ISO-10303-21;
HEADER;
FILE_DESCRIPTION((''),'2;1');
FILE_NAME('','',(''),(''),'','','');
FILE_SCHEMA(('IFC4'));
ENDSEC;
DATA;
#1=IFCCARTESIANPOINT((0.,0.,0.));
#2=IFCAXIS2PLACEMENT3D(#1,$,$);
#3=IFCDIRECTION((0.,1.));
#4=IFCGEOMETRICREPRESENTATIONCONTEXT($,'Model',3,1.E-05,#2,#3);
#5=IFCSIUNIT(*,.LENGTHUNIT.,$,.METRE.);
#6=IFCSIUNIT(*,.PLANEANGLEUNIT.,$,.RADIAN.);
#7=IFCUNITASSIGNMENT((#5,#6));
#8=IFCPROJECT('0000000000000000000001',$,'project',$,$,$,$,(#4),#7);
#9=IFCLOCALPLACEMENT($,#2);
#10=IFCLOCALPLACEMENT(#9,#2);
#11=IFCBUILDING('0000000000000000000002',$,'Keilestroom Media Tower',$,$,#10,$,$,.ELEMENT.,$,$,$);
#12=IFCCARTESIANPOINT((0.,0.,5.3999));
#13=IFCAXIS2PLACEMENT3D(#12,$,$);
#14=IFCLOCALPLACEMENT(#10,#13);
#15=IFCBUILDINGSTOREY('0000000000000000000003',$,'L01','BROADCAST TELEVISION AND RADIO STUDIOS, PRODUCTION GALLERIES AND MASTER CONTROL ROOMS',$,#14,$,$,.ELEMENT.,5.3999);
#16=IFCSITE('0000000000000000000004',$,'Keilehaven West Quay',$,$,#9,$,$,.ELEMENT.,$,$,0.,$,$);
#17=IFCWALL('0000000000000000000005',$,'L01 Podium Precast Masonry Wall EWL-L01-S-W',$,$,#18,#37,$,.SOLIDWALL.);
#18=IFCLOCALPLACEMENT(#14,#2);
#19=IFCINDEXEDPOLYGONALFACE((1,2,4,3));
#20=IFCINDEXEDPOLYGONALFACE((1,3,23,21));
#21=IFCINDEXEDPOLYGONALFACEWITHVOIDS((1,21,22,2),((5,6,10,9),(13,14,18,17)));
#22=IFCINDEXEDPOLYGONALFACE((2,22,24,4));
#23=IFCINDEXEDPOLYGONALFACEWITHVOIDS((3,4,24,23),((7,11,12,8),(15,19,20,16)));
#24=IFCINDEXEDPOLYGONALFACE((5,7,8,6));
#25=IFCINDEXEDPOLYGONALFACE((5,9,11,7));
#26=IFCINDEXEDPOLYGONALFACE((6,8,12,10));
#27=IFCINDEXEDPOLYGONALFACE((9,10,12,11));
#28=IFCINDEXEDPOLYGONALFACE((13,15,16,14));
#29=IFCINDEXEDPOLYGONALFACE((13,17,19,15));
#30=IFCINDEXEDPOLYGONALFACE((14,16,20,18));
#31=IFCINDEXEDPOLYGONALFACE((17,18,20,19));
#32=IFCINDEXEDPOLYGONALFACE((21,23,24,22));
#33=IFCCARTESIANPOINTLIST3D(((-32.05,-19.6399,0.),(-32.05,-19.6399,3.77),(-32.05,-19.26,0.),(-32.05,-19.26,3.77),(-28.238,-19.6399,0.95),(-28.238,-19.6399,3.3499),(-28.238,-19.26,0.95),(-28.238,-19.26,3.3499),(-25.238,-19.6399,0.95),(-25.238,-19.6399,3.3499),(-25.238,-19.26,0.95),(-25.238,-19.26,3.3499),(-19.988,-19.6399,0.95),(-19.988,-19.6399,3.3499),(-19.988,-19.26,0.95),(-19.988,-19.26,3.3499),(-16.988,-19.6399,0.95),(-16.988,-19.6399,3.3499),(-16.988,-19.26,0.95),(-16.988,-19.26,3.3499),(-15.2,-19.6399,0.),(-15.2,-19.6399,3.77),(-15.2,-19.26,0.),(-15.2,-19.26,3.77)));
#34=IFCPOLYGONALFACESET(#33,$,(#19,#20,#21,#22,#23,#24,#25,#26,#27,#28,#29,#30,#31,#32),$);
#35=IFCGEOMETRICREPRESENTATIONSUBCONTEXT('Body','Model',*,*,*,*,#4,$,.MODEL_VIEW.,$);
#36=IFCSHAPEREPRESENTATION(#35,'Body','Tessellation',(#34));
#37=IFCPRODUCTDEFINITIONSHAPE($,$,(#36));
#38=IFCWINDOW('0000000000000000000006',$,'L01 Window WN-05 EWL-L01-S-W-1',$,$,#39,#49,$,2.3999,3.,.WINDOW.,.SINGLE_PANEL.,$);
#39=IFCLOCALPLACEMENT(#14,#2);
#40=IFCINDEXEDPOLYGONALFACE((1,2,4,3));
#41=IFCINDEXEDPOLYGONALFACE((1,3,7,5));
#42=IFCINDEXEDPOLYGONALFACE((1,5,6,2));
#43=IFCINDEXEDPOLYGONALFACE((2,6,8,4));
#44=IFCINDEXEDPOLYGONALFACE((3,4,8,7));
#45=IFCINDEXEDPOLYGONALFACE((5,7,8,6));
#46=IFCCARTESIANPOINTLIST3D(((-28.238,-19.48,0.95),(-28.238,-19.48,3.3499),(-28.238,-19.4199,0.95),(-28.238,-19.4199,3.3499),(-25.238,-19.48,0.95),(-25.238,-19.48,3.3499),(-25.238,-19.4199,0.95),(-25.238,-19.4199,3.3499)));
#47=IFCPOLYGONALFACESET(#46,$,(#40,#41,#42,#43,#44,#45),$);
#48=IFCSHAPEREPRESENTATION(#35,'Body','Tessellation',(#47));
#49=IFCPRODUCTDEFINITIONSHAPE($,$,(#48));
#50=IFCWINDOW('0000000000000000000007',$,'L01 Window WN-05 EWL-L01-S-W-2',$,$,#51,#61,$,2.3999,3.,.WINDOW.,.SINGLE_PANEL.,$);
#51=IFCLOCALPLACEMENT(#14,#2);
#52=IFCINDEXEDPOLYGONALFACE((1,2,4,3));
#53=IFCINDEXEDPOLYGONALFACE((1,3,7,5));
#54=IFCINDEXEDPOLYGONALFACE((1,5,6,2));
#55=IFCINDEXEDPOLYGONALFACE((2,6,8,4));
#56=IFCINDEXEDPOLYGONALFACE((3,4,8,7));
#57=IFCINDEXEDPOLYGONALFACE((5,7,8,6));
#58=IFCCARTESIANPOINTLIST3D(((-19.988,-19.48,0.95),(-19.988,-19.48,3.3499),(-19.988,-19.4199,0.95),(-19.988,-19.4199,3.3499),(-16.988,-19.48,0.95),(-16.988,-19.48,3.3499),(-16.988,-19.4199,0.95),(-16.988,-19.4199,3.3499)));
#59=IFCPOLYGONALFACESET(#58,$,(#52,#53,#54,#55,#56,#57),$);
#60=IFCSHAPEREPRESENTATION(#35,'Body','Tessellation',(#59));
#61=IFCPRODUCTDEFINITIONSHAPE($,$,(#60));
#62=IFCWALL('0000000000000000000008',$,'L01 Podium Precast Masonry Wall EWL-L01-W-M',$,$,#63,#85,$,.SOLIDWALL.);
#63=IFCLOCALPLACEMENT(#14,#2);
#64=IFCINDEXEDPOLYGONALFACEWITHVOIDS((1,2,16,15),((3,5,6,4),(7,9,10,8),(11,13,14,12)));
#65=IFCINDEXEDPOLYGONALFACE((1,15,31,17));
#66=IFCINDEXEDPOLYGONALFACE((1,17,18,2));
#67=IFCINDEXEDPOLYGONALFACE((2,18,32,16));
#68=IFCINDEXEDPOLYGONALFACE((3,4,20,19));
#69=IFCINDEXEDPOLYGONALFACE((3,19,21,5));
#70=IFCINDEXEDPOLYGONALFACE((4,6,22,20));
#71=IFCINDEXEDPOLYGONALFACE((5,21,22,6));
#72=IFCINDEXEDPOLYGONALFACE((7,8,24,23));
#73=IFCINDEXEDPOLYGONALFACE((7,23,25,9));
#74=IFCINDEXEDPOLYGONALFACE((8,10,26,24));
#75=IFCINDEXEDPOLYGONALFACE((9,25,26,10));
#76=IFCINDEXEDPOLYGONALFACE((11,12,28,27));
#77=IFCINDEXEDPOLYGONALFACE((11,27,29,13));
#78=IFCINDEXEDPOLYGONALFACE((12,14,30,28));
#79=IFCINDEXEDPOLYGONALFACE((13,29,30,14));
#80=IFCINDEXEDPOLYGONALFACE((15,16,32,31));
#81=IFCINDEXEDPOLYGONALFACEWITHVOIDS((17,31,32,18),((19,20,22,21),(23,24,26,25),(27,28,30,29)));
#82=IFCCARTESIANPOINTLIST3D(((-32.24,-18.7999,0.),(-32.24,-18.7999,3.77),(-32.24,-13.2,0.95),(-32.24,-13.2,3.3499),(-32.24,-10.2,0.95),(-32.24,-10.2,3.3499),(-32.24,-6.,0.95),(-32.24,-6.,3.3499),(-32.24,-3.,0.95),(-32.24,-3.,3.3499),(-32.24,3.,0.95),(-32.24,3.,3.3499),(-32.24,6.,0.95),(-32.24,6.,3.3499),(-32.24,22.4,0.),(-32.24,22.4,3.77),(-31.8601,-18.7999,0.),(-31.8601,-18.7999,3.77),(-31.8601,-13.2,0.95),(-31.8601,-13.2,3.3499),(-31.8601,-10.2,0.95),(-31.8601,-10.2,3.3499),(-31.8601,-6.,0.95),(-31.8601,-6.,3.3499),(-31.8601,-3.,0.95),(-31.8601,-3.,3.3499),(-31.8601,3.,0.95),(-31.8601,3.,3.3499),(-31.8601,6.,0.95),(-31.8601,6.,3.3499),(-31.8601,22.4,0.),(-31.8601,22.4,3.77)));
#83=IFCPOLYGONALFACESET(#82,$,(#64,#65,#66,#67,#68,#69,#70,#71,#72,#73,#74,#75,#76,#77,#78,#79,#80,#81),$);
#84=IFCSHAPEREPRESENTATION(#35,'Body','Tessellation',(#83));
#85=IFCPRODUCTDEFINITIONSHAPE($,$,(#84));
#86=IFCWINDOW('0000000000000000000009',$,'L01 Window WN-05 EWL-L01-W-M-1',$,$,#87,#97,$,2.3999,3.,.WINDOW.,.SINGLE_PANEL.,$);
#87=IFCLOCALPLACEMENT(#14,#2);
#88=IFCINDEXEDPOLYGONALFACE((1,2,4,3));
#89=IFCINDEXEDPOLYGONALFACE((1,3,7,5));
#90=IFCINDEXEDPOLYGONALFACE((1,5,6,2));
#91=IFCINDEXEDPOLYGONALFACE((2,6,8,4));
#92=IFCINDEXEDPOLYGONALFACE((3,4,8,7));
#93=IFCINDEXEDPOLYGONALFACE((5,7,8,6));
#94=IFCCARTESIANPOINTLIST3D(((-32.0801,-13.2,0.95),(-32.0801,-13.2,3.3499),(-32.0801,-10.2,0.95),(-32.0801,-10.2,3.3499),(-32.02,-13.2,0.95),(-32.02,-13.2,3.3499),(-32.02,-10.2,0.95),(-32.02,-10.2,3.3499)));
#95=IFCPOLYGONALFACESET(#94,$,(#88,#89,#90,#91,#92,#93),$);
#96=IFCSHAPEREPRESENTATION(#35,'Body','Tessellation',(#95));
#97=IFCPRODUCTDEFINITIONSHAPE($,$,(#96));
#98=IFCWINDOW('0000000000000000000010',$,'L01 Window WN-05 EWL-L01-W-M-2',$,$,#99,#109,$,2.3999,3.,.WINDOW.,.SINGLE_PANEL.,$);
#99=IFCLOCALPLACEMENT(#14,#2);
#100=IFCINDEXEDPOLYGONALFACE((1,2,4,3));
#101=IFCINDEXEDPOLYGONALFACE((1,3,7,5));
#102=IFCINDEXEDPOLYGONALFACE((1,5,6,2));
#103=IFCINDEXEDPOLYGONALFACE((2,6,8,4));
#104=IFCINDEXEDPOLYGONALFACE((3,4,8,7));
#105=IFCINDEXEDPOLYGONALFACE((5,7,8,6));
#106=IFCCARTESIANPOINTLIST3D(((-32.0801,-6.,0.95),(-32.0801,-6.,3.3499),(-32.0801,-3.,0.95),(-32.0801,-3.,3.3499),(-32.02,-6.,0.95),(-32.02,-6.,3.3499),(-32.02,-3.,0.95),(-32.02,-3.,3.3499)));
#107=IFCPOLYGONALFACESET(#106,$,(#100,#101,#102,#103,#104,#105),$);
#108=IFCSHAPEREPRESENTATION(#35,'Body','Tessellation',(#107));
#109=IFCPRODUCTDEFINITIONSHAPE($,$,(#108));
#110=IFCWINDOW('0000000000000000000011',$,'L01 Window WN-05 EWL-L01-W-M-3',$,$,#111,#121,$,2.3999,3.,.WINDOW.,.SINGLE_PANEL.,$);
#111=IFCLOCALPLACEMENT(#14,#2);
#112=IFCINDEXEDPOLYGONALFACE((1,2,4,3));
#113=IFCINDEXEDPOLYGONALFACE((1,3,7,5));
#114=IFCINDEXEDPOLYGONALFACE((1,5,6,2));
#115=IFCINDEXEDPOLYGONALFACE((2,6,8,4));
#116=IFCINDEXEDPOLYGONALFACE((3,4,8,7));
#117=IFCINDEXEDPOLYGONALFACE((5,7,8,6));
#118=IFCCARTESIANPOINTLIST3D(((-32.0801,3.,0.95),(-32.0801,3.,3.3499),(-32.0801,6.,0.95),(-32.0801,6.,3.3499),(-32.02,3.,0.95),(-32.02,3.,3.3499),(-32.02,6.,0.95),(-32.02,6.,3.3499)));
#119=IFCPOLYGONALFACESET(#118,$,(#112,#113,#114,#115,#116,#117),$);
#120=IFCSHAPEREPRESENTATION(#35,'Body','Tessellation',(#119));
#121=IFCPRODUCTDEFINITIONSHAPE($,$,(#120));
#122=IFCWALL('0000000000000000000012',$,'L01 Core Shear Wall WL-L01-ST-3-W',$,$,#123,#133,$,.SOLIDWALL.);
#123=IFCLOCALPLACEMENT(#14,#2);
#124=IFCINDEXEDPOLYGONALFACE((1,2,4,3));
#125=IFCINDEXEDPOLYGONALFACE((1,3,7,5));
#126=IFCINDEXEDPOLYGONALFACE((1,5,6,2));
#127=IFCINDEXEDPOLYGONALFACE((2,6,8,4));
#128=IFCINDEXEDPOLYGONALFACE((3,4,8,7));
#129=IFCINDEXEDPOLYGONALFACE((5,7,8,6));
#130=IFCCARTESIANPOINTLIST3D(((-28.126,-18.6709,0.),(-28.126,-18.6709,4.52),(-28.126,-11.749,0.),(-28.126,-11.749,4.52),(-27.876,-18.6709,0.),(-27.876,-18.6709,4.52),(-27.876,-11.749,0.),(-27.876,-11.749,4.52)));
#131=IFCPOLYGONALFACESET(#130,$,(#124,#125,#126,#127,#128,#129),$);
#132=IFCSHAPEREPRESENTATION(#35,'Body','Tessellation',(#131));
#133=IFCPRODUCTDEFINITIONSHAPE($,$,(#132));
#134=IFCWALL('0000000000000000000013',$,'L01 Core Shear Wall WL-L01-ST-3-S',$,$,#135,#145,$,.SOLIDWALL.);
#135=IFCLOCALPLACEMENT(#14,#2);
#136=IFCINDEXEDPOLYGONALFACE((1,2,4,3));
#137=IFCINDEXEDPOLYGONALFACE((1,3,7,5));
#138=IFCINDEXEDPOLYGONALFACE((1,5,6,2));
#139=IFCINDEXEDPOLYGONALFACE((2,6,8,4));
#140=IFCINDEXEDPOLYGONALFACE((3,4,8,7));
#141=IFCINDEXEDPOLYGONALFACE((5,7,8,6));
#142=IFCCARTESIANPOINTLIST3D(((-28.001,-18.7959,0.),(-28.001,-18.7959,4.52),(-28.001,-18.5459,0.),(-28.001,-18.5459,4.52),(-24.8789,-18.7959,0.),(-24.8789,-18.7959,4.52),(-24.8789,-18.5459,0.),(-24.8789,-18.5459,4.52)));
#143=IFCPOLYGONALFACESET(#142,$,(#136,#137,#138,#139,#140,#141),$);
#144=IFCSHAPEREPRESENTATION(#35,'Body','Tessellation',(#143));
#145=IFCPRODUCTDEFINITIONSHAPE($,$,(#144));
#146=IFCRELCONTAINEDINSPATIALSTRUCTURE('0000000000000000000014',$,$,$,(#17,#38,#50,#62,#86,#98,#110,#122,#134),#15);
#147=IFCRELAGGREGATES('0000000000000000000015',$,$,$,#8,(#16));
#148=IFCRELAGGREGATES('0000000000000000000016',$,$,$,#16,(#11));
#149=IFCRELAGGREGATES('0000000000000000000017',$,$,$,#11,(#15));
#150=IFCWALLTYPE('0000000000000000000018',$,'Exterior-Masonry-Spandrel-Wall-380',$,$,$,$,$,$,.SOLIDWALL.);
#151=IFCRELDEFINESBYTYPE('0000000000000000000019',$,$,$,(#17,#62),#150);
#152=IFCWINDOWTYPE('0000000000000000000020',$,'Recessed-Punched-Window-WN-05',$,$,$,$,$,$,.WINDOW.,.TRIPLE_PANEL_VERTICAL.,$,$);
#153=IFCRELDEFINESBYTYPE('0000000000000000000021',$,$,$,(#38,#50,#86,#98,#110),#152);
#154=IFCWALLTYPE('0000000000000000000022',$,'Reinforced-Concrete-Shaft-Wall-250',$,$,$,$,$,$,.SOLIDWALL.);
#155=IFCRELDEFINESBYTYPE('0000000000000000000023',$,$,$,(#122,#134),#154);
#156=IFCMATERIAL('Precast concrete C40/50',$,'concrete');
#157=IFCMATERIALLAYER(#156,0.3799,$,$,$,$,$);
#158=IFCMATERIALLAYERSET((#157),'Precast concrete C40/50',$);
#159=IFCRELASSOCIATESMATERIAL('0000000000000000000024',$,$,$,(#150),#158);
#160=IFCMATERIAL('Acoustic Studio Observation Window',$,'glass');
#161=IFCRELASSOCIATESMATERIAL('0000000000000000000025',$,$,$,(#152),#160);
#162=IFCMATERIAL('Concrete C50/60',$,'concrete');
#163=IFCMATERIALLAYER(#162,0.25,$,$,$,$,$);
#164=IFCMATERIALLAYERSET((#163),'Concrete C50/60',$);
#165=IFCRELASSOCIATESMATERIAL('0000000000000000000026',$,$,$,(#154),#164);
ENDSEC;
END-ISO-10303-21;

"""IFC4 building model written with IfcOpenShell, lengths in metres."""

from ifc_helpers import new_model, si_unit, direction, frame, frame_2d, origin, place, context, subcontext, project, spatial, rectangle, extrude, source, transform, mapped, material, layer, layer_set, type_object, element, fill, save


model = new_model("IFC4")

# Units and contexts
model_context = context("Model", 3, precision=1e-05, world=origin(), true_north=direction((0.0, 1.0)))
body_context = subcontext(model_context, "Body", "Model", "MODEL_VIEW")
ifc_project = project(units=[si_unit("LENGTHUNIT", "METRE"), si_unit("PLANEANGLEUNIT", "RADIAN")], contexts=[model_context])

# Site, building, storey
site_placement = place(None, origin())
site = spatial("IfcSite", under=ifc_project, at=site_placement, Name="Keilehaven West Quay", CompositionType="ELEMENT", RefElevation=0.0)
building_placement = place(site_placement, origin())
building = spatial("IfcBuilding", under=site, at=building_placement, Name="Keilestroom Media Tower", CompositionType="ELEMENT")
storey_placement = place(building_placement, frame((0.0, 0.0, 5.3999)))
storey = spatial("IfcBuildingStorey", under=building, at=storey_placement, Name="L01", Description="BROADCAST TELEVISION AND RADIO STUDIOS, PRODUCTION GALLERIES AND MASTER CONTROL ROOMS", CompositionType="ELEMENT", Elevation=5.3999)

# Shared definitions
ifc_material_1 = material(Name="Precast concrete C40/50", Category="concrete")

# Walls, openings, windows
ifc_layer_1 = layer(ifc_material_1, 0.3799)
ifc_layer_set_1 = layer_set([ifc_layer_1], Name="Precast concrete C40/50")
wall_type_1 = type_object("IfcWallType", Name="Exterior-Masonry-Spandrel-Wall-380", PredefinedType="SOLIDWALL", material=ifc_layer_set_1)
wall_1_placement = place(storey_placement, frame((-32.05, -19.45, 0.0), z_axis=(0.0, 0.0, 1.0), x_axis=(1.0, 0.0, 0.0)))
wall_1 = element("IfcWall", 1, at=wall_1_placement, inside=storey, type_object=wall_type_1, Name="L01 Podium Precast Masonry Wall EWL-L01-S-W", PredefinedType="SOLIDWALL", context=body_context, shape_type="SweptSolid", body=[
    extrude(rectangle(XDim=16.8501, YDim=0.3799, at=frame_2d((8.425, 0.0))), origin(), (0.0, 0.0, 1.0), 3.77),
])
opening_1_placement = place(wall_1_placement, frame((3.812, 0.0, 0.95)))
opening_1 = element("IfcOpeningElement", 2, at=opening_1_placement, cuts=wall_1, PredefinedType="OPENING", context=body_context, shape_type="SweptSolid", body=[
    extrude(rectangle(XDim=3.0, YDim=2.3999, at=frame_2d((1.5, 1.2))), frame((0.0, 0.2, 0.0), z_axis=(0.0, -1.0, 0.0), x_axis=(1.0, 0.0, 0.0)), (0.0, 0.0, 1.0), 0.3999),
])
opening_2_placement = place(wall_1_placement, frame((12.062, 0.0, 0.95)))
opening_2 = element("IfcOpeningElement", 3, at=opening_2_placement, cuts=wall_1, PredefinedType="OPENING", context=body_context, shape_type="SweptSolid", body=[
    extrude(rectangle(XDim=3.0, YDim=2.3999, at=frame_2d((1.5, 1.2))), frame((0.0, 0.2, 0.0), z_axis=(0.0, -1.0, 0.0), x_axis=(1.0, 0.0, 0.0)), (0.0, 0.0, 1.0), 0.3999),
])
ifc_material_2 = material(Name="Acoustic Studio Observation Window", Category="glass")
window_type = type_object("IfcWindowType", Name="Recessed-Punched-Window-WN-05", PartitioningType="TRIPLE_PANEL_VERTICAL", PredefinedType="WINDOW", material=ifc_material_2)
shared_shape_1 = source(origin(), body_context, "Body", "SweptSolid", [
    extrude(rectangle(XDim=3.0, YDim=2.3999, at=frame_2d((1.5, 1.2))), frame((0.0, 0.03, 0.0), z_axis=(0.0, -1.0, 0.0), x_axis=(1.0, 0.0, 0.0)), (0.0, 0.0, 1.0), 0.0601),
])
window_1_placement = place(opening_1_placement, origin())
window_1 = element("IfcWindow", 4, at=window_1_placement, inside=storey, type_object=window_type, Name="L01 Window WN-05 EWL-L01-S-W-1", OverallHeight=2.3999, OverallWidth=3.0, PartitioningType="SINGLE_PANEL", PredefinedType="WINDOW", context=body_context, shape_type="MappedRepresentation", body=[
    mapped(shared_shape_1, transform((0.0, 0.0, 0.0), x_axis=(1.0, 0.0, 0.0), y_axis=(0.0, 1.0, 0.0), z_axis=(0.0, 0.0, 1.0), scale=1.0)),
])
fill(opening_1, window_1)
window_2_placement = place(opening_2_placement, origin())
window_2 = element("IfcWindow", 5, at=window_2_placement, inside=storey, type_object=window_type, Name="L01 Window WN-05 EWL-L01-S-W-2", OverallHeight=2.3999, OverallWidth=3.0, PartitioningType="SINGLE_PANEL", PredefinedType="WINDOW", context=body_context, shape_type="MappedRepresentation", body=[
    mapped(shared_shape_1, transform((0.0, 0.0, 0.0), x_axis=(1.0, 0.0, 0.0), y_axis=(0.0, 1.0, 0.0), z_axis=(0.0, 0.0, 1.0), scale=1.0)),
])
fill(opening_2, window_2)
wall_2_placement = place(storey_placement, frame((-32.05, -18.8, 0.0), z_axis=(0.0, 0.0, 1.0), x_axis=(0.0, 1.0, 0.0)))
wall_2 = element("IfcWall", 6, at=wall_2_placement, inside=storey, type_object=wall_type_1, Name="L01 Podium Precast Masonry Wall EWL-L01-W-M", PredefinedType="SOLIDWALL", context=body_context, shape_type="SweptSolid", body=[
    extrude(rectangle(XDim=41.2, YDim=0.3799, at=frame_2d((20.6001, 0.0))), origin(), (0.0, 0.0, 1.0), 3.77),
])
opening_3_placement = place(wall_2_placement, frame((5.6001, 0.0, 0.95)))
opening_3 = element("IfcOpeningElement", 7, at=opening_3_placement, cuts=wall_2, PredefinedType="OPENING", context=body_context, shape_type="SweptSolid", body=[
    extrude(rectangle(XDim=3.0, YDim=2.3999, at=frame_2d((1.5, 1.2))), frame((0.0, 0.2, 0.0), z_axis=(0.0, -1.0, 0.0), x_axis=(1.0, 0.0, 0.0)), (0.0, 0.0, 1.0), 0.3999),
])
opening_4_placement = place(wall_2_placement, frame((12.8, 0.0, 0.95)))
opening_4 = element("IfcOpeningElement", 8, at=opening_4_placement, cuts=wall_2, PredefinedType="OPENING", context=body_context, shape_type="SweptSolid", body=[
    extrude(rectangle(XDim=3.0, YDim=2.3999, at=frame_2d((1.5, 1.2))), frame((0.0, 0.2, 0.0), z_axis=(0.0, -1.0, 0.0), x_axis=(1.0, 0.0, 0.0)), (0.0, 0.0, 1.0), 0.3999),
])
opening_5_placement = place(wall_2_placement, frame((21.8, 0.0, 0.95)))
opening_5 = element("IfcOpeningElement", 9, at=opening_5_placement, cuts=wall_2, PredefinedType="OPENING", context=body_context, shape_type="SweptSolid", body=[
    extrude(rectangle(XDim=3.0, YDim=2.3999, at=frame_2d((1.5, 1.2))), frame((0.0, 0.2, 0.0), z_axis=(0.0, -1.0, 0.0), x_axis=(1.0, 0.0, 0.0)), (0.0, 0.0, 1.0), 0.3999),
])
window_3_placement = place(opening_3_placement, origin())
window_3 = element("IfcWindow", 10, at=window_3_placement, inside=storey, type_object=window_type, Name="L01 Window WN-05 EWL-L01-W-M-1", OverallHeight=2.3999, OverallWidth=3.0, PartitioningType="SINGLE_PANEL", PredefinedType="WINDOW", context=body_context, shape_type="MappedRepresentation", body=[
    mapped(shared_shape_1, transform((0.0, 0.0, 0.0), x_axis=(1.0, 0.0, 0.0), y_axis=(0.0, 1.0, 0.0), z_axis=(0.0, 0.0, 1.0), scale=1.0)),
])
fill(opening_3, window_3)
window_4_placement = place(opening_4_placement, origin())
window_4 = element("IfcWindow", 11, at=window_4_placement, inside=storey, type_object=window_type, Name="L01 Window WN-05 EWL-L01-W-M-2", OverallHeight=2.3999, OverallWidth=3.0, PartitioningType="SINGLE_PANEL", PredefinedType="WINDOW", context=body_context, shape_type="MappedRepresentation", body=[
    mapped(shared_shape_1, transform((0.0, 0.0, 0.0), x_axis=(1.0, 0.0, 0.0), y_axis=(0.0, 1.0, 0.0), z_axis=(0.0, 0.0, 1.0), scale=1.0)),
])
fill(opening_4, window_4)
window_5_placement = place(opening_5_placement, origin())
window_5 = element("IfcWindow", 12, at=window_5_placement, inside=storey, type_object=window_type, Name="L01 Window WN-05 EWL-L01-W-M-3", OverallHeight=2.3999, OverallWidth=3.0, PartitioningType="SINGLE_PANEL", PredefinedType="WINDOW", context=body_context, shape_type="MappedRepresentation", body=[
    mapped(shared_shape_1, transform((0.0, 0.0, 0.0), x_axis=(1.0, 0.0, 0.0), y_axis=(0.0, 1.0, 0.0), z_axis=(0.0, 0.0, 1.0), scale=1.0)),
])
fill(opening_5, window_5)

# Walls
ifc_material_3 = material(Name="Concrete C50/60", Category="concrete")
ifc_layer_2 = layer(ifc_material_3, 0.25)
ifc_layer_set_2 = layer_set([ifc_layer_2], Name="Concrete C50/60")
wall_type_2 = type_object("IfcWallType", Name="Reinforced-Concrete-Shaft-Wall-250", PredefinedType="SOLIDWALL", material=ifc_layer_set_2)
wall_3_placement = place(storey_placement, frame((-28.001, -18.6709, 0.0), z_axis=(0.0, 0.0, 1.0), x_axis=(0.0, 1.0, 0.0)))
element("IfcWall", 13, at=wall_3_placement, inside=storey, type_object=wall_type_2, Name="L01 Core Shear Wall WL-L01-ST-3-W", PredefinedType="SOLIDWALL", context=body_context, shape_type="SweptSolid", body=[
    extrude(rectangle(XDim=6.9219, YDim=0.25, at=frame_2d((3.4609, 0.0))), origin(), (0.0, 0.0, 1.0), 4.52),
])
wall_4_placement = place(storey_placement, frame((-28.001, -18.6709, 0.0), z_axis=(0.0, 0.0, 1.0), x_axis=(1.0, 0.0, 0.0)))
element("IfcWall", 14, at=wall_4_placement, inside=storey, type_object=wall_type_2, Name="L01 Core Shear Wall WL-L01-ST-3-S", PredefinedType="SOLIDWALL", context=body_context, shape_type="SweptSolid", body=[
    extrude(rectangle(XDim=3.1221, YDim=0.25, at=frame_2d((1.561, 0.0))), origin(), (0.0, 0.0, 1.0), 4.52),
])

save(model, "model.ifc")
